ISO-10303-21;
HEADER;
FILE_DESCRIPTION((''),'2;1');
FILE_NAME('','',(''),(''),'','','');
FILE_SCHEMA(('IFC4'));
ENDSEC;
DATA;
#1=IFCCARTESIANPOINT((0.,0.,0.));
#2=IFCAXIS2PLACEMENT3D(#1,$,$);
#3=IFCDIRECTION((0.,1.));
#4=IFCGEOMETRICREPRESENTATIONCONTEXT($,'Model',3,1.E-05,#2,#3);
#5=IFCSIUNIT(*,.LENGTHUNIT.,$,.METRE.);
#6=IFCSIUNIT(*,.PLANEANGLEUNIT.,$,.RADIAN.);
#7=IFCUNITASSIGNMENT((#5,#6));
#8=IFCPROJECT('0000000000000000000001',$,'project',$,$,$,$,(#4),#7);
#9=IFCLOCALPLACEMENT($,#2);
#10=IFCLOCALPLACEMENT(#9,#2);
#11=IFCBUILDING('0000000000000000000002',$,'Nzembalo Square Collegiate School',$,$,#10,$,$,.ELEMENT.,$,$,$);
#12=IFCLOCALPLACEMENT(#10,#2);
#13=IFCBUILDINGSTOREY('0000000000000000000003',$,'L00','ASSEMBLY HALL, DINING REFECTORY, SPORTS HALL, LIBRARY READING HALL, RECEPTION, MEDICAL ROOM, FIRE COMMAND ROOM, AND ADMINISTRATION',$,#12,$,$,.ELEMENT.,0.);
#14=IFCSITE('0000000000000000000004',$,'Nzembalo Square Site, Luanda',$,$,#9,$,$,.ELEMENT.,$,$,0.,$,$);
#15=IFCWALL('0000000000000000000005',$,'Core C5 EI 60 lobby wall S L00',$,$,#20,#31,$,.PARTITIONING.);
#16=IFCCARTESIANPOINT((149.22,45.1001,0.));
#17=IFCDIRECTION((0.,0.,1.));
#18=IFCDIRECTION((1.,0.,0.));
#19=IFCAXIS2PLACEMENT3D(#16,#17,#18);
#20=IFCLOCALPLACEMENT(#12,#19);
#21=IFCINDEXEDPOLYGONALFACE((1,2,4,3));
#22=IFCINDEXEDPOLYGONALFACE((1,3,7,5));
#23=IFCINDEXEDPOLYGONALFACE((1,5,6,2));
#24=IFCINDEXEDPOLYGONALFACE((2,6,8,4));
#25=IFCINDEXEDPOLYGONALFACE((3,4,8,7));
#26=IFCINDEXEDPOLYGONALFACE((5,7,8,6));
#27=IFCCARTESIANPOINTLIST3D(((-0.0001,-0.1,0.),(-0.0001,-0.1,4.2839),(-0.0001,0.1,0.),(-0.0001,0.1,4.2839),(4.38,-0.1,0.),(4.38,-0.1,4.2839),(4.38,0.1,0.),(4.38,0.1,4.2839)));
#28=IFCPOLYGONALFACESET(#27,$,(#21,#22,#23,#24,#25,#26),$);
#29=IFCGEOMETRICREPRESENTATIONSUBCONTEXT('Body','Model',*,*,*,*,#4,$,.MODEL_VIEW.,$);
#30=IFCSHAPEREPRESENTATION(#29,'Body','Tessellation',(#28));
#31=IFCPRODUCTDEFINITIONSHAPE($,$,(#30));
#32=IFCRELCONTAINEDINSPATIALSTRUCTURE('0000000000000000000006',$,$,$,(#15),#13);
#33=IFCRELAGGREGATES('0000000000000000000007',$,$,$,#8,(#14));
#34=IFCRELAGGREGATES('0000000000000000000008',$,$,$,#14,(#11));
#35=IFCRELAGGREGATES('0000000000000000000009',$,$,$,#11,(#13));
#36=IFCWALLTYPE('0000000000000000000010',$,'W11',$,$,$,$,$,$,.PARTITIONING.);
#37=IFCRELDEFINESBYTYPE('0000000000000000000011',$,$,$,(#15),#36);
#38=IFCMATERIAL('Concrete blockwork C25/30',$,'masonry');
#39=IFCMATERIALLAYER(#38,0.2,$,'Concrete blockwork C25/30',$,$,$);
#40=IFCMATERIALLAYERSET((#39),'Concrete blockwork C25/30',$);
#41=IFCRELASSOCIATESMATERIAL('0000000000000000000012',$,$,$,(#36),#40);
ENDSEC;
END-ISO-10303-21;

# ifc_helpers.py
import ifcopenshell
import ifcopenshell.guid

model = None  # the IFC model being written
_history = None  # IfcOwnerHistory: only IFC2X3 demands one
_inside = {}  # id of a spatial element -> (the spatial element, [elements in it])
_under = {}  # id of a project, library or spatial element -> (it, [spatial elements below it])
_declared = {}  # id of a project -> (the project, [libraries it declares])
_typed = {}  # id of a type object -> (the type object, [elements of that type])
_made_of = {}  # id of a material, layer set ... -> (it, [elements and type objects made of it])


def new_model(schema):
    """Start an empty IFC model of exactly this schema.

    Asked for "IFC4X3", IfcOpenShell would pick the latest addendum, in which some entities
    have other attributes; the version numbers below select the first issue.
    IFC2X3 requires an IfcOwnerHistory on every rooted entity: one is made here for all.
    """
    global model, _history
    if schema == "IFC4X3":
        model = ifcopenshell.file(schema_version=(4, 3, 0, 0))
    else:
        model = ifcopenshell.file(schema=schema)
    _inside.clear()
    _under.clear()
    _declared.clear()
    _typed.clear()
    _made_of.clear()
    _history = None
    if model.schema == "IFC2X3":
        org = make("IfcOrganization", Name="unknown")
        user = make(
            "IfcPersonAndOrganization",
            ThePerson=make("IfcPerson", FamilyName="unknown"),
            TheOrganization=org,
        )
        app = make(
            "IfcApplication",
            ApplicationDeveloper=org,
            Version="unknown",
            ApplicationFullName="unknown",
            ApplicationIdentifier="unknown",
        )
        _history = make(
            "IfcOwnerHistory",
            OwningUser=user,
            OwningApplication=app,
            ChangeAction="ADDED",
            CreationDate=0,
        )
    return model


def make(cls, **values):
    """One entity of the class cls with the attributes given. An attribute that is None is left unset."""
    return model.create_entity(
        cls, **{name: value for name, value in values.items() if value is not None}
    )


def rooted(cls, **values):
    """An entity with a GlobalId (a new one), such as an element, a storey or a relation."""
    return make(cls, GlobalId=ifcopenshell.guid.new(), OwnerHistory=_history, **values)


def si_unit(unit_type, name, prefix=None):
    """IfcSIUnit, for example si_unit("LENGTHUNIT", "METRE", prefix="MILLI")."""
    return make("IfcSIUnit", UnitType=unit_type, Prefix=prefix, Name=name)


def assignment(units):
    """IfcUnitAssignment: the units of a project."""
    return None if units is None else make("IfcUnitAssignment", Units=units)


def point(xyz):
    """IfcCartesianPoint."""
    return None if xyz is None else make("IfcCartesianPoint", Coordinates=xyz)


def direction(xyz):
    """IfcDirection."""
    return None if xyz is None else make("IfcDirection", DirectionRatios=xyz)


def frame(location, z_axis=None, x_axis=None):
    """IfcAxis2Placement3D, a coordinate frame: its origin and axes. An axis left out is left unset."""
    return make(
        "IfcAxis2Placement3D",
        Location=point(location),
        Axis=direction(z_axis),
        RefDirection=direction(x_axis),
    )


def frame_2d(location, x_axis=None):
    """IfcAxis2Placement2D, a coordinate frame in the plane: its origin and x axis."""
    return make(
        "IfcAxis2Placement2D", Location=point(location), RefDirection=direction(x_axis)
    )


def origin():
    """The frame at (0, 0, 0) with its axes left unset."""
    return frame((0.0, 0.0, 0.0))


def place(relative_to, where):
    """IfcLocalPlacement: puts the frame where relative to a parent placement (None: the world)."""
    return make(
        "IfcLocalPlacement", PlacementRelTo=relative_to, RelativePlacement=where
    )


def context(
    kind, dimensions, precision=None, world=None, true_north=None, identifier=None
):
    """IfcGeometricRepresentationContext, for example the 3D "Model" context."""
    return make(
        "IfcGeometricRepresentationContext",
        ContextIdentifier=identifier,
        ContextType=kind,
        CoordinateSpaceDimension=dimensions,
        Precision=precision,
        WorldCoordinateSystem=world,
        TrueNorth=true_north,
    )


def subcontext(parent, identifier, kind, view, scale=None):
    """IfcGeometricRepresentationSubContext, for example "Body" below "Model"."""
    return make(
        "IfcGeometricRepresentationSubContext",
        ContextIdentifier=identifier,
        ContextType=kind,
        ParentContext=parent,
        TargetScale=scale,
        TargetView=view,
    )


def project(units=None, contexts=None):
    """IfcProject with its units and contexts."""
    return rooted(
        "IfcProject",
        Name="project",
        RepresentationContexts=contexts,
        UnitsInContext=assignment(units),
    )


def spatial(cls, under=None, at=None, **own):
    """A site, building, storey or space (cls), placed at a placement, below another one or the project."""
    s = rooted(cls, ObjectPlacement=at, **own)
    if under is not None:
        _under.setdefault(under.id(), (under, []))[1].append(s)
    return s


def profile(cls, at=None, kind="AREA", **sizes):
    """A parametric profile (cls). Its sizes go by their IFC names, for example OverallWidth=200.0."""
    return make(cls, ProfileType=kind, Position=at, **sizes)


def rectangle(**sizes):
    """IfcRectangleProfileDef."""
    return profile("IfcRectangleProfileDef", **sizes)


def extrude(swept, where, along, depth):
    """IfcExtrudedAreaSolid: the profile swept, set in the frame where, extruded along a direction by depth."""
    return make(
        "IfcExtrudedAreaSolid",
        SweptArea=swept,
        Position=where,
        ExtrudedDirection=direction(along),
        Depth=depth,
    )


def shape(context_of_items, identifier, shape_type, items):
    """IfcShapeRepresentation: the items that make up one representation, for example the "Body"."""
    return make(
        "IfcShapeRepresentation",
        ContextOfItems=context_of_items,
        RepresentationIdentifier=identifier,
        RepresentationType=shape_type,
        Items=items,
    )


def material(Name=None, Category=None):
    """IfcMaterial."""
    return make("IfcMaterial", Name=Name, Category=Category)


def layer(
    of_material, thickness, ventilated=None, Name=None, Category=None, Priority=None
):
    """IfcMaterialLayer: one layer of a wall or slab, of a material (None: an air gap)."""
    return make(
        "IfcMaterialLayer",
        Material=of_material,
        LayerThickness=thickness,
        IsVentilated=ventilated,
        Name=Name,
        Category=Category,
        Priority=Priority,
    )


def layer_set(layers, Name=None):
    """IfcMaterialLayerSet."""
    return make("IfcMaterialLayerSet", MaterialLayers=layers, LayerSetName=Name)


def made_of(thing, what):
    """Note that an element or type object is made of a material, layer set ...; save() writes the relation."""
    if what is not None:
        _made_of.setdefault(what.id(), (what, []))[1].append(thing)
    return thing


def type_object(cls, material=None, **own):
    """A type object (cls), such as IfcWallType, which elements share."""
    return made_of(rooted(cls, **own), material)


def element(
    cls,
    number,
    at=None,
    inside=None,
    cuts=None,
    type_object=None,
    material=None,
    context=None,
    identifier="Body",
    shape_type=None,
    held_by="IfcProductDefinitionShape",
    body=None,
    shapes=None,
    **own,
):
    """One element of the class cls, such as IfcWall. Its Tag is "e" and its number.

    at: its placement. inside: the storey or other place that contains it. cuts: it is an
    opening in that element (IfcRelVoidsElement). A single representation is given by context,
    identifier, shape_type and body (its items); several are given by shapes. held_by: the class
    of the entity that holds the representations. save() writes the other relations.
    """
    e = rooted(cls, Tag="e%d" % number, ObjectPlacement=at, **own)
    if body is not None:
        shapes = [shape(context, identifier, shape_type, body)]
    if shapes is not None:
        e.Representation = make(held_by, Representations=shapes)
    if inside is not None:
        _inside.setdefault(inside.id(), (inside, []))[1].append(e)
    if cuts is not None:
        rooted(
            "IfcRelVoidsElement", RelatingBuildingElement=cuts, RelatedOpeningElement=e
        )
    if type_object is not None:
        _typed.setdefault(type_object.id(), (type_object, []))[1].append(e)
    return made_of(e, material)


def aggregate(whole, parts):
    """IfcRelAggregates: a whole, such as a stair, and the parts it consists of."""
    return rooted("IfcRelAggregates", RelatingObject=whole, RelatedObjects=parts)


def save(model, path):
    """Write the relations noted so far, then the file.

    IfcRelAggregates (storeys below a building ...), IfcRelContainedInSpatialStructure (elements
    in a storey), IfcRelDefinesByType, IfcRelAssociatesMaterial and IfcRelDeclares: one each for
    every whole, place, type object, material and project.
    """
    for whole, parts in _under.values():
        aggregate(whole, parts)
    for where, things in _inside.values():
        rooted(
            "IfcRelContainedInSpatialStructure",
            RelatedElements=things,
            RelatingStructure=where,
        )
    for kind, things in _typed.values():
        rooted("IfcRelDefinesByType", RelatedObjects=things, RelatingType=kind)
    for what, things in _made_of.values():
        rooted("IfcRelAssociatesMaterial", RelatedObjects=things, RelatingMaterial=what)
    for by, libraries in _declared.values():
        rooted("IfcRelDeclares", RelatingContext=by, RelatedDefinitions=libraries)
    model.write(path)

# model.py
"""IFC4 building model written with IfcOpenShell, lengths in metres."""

from ifc_helpers import new_model, si_unit, direction, frame, frame_2d, origin, place, context, subcontext, project, spatial, rectangle, extrude, material, layer, layer_set, type_object, element, save


model = new_model("IFC4")

# Units and contexts
model_context = context("Model", 3, precision=1e-05, world=origin(), true_north=direction((0.0, 1.0)))
body_context = subcontext(model_context, "Body", "Model", "MODEL_VIEW")
ifc_project = project(units=[si_unit("LENGTHUNIT", "METRE"), si_unit("PLANEANGLEUNIT", "RADIAN")], contexts=[model_context])

# Site, building, storey
site_placement = place(None, origin())
site = spatial("IfcSite", under=ifc_project, at=site_placement, Name="Nzembalo Square Site, Luanda", CompositionType="ELEMENT", RefElevation=0.0)
building_placement = place(site_placement, origin())
building = spatial("IfcBuilding", under=site, at=building_placement, Name="Nzembalo Square Collegiate School", CompositionType="ELEMENT")
storey_placement = place(building_placement, origin())
storey = spatial("IfcBuildingStorey", under=building, at=storey_placement, Name="L00", Description="ASSEMBLY HALL, DINING REFECTORY, SPORTS HALL, LIBRARY READING HALL, RECEPTION, MEDICAL ROOM, FIRE COMMAND ROOM, AND ADMINISTRATION", CompositionType="ELEMENT", Elevation=0.0)

# Wall
ifc_material_1 = material(Name="Concrete blockwork C25/30", Category="masonry")
ifc_layer_1 = layer(ifc_material_1, 0.2, Name="Concrete blockwork C25/30")
ifc_layer_set_1 = layer_set([ifc_layer_1], Name="Concrete blockwork C25/30")
wall_type_1 = type_object("IfcWallType", Name="W11", PredefinedType="PARTITIONING", material=ifc_layer_set_1)
wall_1_placement = place(storey_placement, frame((149.22, 45.1001, 0.0), z_axis=(0.0, 0.0, 1.0), x_axis=(1.0, 0.0, 0.0)))
element("IfcWall", 1, at=wall_1_placement, inside=storey, type_object=wall_type_1, Name="Core C5 EI 60 lobby wall S L00", PredefinedType="PARTITIONING", context=body_context, shape_type="SweptSolid", body=[
    extrude(rectangle(XDim=4.3801, YDim=0.2, at=frame_2d((2.1899, 0.0))), origin(), (0.0, 0.0, 1.0), 4.2839),
])

save(model, "model.ifc")
